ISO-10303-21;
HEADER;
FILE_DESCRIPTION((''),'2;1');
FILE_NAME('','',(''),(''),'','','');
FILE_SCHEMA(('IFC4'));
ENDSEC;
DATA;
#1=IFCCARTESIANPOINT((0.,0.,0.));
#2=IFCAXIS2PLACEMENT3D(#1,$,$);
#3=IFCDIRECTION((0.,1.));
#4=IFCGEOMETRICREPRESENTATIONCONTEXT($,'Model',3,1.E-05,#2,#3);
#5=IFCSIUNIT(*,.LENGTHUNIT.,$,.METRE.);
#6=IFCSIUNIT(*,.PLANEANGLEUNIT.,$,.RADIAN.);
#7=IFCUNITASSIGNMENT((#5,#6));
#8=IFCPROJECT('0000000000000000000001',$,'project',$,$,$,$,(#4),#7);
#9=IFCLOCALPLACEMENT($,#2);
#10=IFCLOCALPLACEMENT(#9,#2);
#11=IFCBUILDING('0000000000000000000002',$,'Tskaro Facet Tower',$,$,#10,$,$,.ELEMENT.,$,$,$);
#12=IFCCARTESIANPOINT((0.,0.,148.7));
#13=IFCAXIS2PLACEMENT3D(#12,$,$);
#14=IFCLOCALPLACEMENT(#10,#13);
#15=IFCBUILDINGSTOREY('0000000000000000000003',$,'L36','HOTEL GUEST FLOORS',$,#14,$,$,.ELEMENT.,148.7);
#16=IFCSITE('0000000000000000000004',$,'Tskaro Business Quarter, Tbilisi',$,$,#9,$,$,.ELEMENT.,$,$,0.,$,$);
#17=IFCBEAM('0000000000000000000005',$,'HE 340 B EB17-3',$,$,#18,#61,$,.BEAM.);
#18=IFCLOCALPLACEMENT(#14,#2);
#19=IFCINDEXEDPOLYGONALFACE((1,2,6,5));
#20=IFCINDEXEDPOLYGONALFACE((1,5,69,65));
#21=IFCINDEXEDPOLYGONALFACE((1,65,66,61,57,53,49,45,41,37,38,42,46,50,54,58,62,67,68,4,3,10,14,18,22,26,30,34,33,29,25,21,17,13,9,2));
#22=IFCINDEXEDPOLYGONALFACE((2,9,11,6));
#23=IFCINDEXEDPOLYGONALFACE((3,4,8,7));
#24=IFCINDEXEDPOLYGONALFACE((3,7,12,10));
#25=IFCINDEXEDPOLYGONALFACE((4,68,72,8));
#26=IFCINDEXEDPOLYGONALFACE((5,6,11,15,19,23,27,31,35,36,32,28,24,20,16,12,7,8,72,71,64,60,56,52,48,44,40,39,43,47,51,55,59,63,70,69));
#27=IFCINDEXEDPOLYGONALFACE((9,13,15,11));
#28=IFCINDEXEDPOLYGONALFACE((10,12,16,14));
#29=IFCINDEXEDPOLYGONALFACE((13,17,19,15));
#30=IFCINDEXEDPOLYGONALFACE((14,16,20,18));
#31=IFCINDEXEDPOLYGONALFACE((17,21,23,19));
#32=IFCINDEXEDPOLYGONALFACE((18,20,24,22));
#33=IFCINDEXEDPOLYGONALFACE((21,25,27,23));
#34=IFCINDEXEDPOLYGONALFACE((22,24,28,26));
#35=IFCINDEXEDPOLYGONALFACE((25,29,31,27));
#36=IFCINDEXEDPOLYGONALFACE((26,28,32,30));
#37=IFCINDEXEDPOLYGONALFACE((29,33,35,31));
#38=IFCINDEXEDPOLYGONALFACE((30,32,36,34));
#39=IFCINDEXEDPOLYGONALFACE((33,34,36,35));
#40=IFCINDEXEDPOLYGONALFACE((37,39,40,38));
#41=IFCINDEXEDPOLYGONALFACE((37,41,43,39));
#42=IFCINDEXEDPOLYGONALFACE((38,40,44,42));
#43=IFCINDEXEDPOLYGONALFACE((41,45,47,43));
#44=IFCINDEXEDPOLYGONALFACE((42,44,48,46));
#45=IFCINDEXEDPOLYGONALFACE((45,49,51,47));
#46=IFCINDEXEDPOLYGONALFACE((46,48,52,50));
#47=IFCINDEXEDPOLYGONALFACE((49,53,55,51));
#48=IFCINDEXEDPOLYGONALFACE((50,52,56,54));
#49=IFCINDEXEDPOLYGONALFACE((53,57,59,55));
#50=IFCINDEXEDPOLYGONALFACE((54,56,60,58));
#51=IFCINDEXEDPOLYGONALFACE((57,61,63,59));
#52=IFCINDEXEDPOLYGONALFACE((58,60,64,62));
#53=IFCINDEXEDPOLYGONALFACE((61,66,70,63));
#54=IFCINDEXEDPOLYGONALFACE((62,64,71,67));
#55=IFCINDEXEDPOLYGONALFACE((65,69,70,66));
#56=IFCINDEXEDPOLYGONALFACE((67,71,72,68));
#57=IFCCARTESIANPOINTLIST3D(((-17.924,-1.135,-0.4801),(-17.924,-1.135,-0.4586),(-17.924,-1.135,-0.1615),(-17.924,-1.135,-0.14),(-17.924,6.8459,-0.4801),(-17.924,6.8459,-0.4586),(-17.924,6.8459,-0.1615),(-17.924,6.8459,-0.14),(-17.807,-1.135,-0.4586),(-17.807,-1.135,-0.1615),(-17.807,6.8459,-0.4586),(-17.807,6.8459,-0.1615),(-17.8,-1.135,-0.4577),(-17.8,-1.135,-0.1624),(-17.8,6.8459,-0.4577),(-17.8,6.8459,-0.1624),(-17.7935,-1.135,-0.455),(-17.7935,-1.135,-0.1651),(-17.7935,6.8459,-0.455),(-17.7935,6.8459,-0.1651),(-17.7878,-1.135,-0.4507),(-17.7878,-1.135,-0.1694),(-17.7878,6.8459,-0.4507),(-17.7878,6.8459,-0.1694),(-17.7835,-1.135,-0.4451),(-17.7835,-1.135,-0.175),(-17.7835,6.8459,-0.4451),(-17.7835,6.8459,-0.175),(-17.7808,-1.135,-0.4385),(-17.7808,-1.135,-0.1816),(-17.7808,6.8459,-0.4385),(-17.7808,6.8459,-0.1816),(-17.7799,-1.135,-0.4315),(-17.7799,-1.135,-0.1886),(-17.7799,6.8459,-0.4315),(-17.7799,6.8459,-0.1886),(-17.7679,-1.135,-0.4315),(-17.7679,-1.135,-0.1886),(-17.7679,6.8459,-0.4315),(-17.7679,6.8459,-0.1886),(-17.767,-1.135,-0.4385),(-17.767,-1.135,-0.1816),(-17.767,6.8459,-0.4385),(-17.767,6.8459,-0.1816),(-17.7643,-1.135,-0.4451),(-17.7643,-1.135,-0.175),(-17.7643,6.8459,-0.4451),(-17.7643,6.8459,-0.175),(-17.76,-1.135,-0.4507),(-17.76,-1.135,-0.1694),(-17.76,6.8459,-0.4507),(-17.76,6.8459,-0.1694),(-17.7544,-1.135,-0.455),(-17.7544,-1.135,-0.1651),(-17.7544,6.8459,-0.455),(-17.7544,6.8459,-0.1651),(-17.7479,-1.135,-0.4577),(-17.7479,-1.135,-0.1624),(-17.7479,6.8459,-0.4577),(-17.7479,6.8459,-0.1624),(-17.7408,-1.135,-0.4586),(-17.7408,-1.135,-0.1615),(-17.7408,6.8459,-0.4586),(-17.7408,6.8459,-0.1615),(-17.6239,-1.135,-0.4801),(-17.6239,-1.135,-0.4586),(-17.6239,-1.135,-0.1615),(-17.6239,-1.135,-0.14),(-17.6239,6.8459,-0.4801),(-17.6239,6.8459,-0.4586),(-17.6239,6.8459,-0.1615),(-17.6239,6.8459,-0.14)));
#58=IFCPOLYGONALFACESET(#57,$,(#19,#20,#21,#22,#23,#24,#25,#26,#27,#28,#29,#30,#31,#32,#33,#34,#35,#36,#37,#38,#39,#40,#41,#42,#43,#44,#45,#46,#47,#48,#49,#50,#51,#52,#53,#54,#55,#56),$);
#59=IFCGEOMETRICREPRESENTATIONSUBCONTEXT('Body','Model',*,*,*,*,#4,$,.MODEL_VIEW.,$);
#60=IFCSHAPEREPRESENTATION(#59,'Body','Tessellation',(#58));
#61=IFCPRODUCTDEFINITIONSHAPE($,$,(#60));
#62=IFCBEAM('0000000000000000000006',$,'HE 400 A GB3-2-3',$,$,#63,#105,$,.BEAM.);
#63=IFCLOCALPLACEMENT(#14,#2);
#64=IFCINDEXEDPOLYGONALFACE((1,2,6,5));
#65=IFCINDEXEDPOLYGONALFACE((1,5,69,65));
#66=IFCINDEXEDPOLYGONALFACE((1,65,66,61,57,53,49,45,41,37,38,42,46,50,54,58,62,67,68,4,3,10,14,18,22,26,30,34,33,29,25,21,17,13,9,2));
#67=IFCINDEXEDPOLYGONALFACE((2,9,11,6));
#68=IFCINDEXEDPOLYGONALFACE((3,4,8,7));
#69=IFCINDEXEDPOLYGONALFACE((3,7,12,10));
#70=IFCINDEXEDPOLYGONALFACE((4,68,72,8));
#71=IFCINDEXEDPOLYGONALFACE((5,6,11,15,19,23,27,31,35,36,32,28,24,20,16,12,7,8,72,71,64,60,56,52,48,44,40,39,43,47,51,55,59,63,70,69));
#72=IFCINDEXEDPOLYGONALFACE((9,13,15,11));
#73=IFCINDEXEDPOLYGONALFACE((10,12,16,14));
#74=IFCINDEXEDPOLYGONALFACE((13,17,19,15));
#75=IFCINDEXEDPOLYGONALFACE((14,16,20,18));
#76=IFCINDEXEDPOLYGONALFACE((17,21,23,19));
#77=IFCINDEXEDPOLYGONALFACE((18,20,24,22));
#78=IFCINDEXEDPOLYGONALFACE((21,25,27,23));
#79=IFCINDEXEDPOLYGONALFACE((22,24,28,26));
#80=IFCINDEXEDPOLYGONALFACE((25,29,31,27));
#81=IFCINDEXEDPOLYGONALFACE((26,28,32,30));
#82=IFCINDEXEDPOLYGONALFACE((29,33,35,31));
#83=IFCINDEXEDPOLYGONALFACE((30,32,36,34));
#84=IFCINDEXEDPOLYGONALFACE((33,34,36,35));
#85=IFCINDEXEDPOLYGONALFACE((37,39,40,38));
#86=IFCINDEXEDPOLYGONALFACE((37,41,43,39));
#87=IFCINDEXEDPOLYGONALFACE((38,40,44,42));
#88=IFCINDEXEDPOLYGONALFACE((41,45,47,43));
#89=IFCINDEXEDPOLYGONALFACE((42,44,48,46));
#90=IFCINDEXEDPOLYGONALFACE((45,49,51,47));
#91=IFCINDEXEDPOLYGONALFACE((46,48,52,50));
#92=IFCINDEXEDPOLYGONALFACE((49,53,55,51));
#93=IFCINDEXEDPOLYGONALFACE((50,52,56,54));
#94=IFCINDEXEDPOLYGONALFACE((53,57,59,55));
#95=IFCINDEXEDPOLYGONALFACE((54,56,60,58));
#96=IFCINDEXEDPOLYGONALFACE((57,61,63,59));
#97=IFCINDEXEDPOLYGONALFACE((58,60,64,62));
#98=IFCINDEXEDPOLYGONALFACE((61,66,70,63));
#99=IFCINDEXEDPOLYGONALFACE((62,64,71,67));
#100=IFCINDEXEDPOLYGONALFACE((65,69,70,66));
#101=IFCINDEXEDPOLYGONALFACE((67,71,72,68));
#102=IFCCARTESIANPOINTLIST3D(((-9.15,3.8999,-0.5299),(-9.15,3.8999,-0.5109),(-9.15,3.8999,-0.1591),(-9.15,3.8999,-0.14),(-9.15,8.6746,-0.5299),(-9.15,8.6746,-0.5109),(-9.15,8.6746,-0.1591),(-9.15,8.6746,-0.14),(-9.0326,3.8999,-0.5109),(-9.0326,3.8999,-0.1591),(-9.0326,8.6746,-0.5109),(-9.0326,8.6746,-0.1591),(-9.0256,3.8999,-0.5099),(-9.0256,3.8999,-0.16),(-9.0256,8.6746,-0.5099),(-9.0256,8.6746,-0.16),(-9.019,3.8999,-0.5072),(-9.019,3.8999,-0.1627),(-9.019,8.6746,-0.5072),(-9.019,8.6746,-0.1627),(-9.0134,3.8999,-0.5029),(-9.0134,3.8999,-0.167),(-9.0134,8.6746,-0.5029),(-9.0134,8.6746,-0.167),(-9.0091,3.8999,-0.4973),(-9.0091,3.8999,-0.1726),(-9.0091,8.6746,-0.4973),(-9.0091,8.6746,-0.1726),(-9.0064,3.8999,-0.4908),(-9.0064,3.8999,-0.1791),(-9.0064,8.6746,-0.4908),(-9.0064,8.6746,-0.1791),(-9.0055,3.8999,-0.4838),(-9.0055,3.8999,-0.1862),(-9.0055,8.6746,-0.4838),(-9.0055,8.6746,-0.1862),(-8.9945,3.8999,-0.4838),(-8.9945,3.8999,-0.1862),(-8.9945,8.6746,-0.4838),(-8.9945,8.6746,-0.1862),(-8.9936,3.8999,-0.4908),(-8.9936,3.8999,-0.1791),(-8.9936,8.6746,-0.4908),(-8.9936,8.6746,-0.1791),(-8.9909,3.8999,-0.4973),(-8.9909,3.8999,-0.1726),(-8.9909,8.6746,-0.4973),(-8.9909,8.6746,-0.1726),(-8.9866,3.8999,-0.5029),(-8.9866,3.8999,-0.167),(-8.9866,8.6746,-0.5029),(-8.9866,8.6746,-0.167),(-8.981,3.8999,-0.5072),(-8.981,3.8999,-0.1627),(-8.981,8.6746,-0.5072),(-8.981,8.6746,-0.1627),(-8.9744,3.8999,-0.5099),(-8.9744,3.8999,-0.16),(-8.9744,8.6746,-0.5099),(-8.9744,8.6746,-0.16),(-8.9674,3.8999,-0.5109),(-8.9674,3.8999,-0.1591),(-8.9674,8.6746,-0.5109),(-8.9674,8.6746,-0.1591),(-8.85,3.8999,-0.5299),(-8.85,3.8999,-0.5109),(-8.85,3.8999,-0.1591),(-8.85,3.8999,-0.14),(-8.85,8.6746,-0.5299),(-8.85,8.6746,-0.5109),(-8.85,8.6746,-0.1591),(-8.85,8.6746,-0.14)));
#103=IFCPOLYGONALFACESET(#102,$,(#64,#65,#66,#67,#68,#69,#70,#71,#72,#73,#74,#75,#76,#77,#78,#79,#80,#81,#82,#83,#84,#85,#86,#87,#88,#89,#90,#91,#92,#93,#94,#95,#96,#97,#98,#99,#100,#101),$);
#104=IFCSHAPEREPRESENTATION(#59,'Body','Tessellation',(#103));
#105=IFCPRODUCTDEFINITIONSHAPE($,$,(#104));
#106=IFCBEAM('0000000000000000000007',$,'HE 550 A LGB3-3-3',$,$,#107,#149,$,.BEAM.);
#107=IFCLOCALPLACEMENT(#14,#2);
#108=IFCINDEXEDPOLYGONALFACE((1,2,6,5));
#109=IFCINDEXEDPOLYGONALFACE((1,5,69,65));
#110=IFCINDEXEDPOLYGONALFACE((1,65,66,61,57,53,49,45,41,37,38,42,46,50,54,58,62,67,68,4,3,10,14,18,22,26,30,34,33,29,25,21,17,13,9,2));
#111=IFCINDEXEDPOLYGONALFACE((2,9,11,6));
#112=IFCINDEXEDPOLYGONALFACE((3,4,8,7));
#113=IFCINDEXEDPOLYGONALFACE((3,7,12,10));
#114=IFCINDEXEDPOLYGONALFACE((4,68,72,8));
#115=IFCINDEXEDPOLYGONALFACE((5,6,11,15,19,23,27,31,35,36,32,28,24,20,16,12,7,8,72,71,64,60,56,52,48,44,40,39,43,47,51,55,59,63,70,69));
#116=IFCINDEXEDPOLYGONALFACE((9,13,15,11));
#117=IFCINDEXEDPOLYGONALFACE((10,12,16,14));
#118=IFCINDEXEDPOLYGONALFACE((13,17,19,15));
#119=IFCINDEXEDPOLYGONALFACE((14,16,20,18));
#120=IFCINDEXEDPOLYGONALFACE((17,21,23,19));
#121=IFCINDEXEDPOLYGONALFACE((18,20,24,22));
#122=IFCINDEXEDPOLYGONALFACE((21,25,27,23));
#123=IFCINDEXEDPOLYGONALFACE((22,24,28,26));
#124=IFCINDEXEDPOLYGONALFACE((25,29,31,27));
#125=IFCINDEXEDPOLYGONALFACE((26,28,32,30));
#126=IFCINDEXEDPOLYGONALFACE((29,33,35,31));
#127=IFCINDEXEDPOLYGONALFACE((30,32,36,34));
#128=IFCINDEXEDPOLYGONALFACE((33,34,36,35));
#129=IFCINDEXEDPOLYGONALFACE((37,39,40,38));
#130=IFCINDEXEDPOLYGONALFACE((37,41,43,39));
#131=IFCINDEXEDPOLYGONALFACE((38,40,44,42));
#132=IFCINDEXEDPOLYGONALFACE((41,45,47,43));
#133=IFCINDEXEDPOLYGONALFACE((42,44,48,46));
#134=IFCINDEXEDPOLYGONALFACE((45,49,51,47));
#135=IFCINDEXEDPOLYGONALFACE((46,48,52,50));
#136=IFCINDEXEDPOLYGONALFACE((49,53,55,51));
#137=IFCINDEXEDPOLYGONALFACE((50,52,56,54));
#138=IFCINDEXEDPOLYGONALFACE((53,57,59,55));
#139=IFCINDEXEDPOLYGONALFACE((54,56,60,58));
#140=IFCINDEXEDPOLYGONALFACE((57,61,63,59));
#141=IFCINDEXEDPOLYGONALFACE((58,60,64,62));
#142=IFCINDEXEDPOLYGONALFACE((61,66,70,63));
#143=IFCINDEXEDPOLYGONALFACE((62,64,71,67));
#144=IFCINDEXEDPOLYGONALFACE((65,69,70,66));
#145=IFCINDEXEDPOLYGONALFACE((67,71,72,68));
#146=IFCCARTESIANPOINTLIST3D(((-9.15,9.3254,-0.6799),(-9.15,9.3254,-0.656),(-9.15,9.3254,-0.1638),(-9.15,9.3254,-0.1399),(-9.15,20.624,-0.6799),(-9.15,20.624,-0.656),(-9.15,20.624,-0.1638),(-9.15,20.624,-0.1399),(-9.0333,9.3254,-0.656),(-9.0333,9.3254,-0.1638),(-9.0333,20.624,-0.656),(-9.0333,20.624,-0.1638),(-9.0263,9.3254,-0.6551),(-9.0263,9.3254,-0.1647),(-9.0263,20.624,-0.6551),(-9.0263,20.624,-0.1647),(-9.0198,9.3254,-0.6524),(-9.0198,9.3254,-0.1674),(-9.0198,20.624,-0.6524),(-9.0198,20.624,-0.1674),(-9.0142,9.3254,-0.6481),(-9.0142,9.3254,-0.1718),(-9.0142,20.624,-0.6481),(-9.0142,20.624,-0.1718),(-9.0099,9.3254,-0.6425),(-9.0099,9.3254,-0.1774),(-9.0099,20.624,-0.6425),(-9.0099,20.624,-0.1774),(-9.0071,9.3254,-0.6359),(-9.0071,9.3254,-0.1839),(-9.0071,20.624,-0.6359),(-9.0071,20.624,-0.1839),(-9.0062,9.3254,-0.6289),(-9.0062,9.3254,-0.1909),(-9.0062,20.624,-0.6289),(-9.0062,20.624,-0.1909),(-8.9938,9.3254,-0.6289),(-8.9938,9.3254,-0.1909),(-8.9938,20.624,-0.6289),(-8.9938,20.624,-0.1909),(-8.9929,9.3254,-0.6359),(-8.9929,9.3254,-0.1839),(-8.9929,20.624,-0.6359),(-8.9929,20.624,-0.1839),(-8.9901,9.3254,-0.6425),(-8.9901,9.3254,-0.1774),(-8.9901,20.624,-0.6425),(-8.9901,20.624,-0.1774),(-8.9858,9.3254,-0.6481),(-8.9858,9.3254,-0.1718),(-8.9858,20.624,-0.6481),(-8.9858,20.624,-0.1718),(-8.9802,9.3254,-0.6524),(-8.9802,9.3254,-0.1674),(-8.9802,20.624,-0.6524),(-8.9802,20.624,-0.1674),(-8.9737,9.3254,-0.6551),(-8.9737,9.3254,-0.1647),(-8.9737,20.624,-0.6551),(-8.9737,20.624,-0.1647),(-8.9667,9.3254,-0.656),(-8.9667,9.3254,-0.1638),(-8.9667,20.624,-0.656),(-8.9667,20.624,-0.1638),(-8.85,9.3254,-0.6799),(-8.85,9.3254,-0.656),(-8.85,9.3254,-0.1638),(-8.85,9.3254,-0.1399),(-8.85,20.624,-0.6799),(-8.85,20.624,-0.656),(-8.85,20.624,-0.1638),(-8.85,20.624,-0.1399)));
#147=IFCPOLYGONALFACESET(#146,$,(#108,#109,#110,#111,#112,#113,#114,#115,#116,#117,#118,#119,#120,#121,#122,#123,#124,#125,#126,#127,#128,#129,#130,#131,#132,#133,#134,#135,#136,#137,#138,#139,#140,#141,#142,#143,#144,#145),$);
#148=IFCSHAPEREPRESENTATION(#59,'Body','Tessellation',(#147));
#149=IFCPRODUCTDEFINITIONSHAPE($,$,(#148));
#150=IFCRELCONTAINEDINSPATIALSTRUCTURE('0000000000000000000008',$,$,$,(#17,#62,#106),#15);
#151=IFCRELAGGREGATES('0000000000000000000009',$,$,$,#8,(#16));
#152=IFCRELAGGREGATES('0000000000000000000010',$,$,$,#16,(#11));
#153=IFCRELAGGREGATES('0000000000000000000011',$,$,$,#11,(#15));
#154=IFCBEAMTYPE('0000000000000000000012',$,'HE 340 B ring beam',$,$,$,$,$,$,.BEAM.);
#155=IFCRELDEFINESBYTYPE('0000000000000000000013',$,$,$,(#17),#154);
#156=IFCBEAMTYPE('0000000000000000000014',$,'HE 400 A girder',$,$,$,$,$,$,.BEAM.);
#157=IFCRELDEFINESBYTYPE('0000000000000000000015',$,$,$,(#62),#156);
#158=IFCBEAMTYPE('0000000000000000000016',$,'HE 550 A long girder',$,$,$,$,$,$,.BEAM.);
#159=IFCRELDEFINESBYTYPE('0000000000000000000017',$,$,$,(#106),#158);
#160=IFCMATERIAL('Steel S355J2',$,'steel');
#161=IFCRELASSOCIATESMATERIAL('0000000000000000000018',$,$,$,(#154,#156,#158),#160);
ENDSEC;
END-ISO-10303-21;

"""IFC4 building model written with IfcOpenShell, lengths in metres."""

from ifc_helpers import new_model, si_unit, direction, frame, origin, origin_2d, place, context, subcontext, project, spatial, i_section, extrude, material, material_profile, profile_set, type_object, element, save


model = new_model("IFC4")

# Units and contexts
model_context = context("Model", 3, precision=1e-05, world=origin(), true_north=direction((0.0, 1.0)))
body_context = subcontext(model_context, "Body", "Model", "MODEL_VIEW")
ifc_project = project(units=[si_unit("LENGTHUNIT", "METRE"), si_unit("PLANEANGLEUNIT", "RADIAN")], contexts=[model_context])

# Site, building, storey
site_placement = place(None, origin())
site = spatial("IfcSite", under=ifc_project, at=site_placement, Name="Tskaro Business Quarter, Tbilisi", CompositionType="ELEMENT", RefElevation=0.0)
building_placement = place(site_placement, origin())
building = spatial("IfcBuilding", under=site, at=building_placement, Name="Tskaro Facet Tower", CompositionType="ELEMENT")
storey_placement = place(building_placement, frame((0.0, 0.0, 148.7)))
storey = spatial("IfcBuildingStorey", under=building, at=storey_placement, Name="L36", Description="HOTEL GUEST FLOORS", CompositionType="ELEMENT", Elevation=148.7)

# Beams
ifc_material_1 = material(Name="Steel S355J2", Category="steel")
ifc_material_profile_1 = material_profile(ifc_material_1, i_section(OverallWidth=0.3, OverallDepth=0.3401, WebThickness=0.012, FlangeThickness=0.0215, FilletRadius=0.0271, at=origin_2d()), Name="HE 340 B")
ifc_profile_set_1 = profile_set([ifc_material_profile_1], Name="Steel S355J2")
beam_type_1 = type_object("IfcBeamType", Name="HE 340 B ring beam", PredefinedType="BEAM", material=ifc_profile_set_1)
beam_1_placement = place(storey_placement, frame((-17.7739, 6.8459, -0.3101), z_axis=(0.0, -1.0, 0.0), x_axis=(1.0, 0.0, 0.0)))
element("IfcBeam", 1, at=beam_1_placement, inside=storey, type_object=beam_type_1, Name="HE 340 B EB17-3", PredefinedType="BEAM", context=body_context, shape_type="SweptSolid", body=[
    extrude(i_section(OverallWidth=0.3, OverallDepth=0.3401, WebThickness=0.012, FlangeThickness=0.0215, FilletRadius=0.0271, at=origin_2d()), origin(), (0.0, 0.0, 1.0), 7.981),
])
ifc_material_profile_2 = material_profile(ifc_material_1, i_section(OverallWidth=0.3, OverallDepth=0.3899, WebThickness=0.011, FlangeThickness=0.019, FilletRadius=0.0271, at=origin_2d()), Name="HE 400 A")
ifc_profile_set_2 = profile_set([ifc_material_profile_2], Name="Steel S355J2")
beam_type_2 = type_object("IfcBeamType", Name="HE 400 A girder", PredefinedType="BEAM", material=ifc_profile_set_2)
beam_2_placement = place(storey_placement, frame((-9.0, 3.8999, -0.335), z_axis=(0.0, 1.0, 0.0), x_axis=(-1.0, 0.0, 0.0)))
element("IfcBeam", 2, at=beam_2_placement, inside=storey, type_object=beam_type_2, Name="HE 400 A GB3-2-3", PredefinedType="BEAM", context=body_context, shape_type="SweptSolid", body=[
    extrude(i_section(OverallWidth=0.3, OverallDepth=0.3899, WebThickness=0.011, FlangeThickness=0.019, FilletRadius=0.0271, at=origin_2d()), origin(), (0.0, 0.0, 1.0), 4.7747),
])
ifc_material_profile_3 = material_profile(ifc_material_1, i_section(OverallWidth=0.3, OverallDepth=0.54, WebThickness=0.0125, FlangeThickness=0.0239, FilletRadius=0.0271, at=origin_2d()), Name="HE 550 A")
ifc_profile_set_3 = profile_set([ifc_material_profile_3], Name="Steel S355J2")
beam_type_3 = type_object("IfcBeamType", Name="HE 550 A long girder", PredefinedType="BEAM", material=ifc_profile_set_3)
beam_3_placement = place(storey_placement, frame((-9.0, 9.3254, -0.4099), z_axis=(0.0, 1.0, 0.0), x_axis=(-1.0, 0.0, 0.0)))
element("IfcBeam", 3, at=beam_3_placement, inside=storey, type_object=beam_type_3, Name="HE 550 A LGB3-3-3", PredefinedType="BEAM", context=body_context, shape_type="SweptSolid", body=[
    extrude(i_section(OverallWidth=0.3, OverallDepth=0.54, WebThickness=0.0125, FlangeThickness=0.0239, FilletRadius=0.0271, at=origin_2d()), origin(), (0.0, 0.0, 1.0), 11.2986),
])

save(model, "model.ifc")
